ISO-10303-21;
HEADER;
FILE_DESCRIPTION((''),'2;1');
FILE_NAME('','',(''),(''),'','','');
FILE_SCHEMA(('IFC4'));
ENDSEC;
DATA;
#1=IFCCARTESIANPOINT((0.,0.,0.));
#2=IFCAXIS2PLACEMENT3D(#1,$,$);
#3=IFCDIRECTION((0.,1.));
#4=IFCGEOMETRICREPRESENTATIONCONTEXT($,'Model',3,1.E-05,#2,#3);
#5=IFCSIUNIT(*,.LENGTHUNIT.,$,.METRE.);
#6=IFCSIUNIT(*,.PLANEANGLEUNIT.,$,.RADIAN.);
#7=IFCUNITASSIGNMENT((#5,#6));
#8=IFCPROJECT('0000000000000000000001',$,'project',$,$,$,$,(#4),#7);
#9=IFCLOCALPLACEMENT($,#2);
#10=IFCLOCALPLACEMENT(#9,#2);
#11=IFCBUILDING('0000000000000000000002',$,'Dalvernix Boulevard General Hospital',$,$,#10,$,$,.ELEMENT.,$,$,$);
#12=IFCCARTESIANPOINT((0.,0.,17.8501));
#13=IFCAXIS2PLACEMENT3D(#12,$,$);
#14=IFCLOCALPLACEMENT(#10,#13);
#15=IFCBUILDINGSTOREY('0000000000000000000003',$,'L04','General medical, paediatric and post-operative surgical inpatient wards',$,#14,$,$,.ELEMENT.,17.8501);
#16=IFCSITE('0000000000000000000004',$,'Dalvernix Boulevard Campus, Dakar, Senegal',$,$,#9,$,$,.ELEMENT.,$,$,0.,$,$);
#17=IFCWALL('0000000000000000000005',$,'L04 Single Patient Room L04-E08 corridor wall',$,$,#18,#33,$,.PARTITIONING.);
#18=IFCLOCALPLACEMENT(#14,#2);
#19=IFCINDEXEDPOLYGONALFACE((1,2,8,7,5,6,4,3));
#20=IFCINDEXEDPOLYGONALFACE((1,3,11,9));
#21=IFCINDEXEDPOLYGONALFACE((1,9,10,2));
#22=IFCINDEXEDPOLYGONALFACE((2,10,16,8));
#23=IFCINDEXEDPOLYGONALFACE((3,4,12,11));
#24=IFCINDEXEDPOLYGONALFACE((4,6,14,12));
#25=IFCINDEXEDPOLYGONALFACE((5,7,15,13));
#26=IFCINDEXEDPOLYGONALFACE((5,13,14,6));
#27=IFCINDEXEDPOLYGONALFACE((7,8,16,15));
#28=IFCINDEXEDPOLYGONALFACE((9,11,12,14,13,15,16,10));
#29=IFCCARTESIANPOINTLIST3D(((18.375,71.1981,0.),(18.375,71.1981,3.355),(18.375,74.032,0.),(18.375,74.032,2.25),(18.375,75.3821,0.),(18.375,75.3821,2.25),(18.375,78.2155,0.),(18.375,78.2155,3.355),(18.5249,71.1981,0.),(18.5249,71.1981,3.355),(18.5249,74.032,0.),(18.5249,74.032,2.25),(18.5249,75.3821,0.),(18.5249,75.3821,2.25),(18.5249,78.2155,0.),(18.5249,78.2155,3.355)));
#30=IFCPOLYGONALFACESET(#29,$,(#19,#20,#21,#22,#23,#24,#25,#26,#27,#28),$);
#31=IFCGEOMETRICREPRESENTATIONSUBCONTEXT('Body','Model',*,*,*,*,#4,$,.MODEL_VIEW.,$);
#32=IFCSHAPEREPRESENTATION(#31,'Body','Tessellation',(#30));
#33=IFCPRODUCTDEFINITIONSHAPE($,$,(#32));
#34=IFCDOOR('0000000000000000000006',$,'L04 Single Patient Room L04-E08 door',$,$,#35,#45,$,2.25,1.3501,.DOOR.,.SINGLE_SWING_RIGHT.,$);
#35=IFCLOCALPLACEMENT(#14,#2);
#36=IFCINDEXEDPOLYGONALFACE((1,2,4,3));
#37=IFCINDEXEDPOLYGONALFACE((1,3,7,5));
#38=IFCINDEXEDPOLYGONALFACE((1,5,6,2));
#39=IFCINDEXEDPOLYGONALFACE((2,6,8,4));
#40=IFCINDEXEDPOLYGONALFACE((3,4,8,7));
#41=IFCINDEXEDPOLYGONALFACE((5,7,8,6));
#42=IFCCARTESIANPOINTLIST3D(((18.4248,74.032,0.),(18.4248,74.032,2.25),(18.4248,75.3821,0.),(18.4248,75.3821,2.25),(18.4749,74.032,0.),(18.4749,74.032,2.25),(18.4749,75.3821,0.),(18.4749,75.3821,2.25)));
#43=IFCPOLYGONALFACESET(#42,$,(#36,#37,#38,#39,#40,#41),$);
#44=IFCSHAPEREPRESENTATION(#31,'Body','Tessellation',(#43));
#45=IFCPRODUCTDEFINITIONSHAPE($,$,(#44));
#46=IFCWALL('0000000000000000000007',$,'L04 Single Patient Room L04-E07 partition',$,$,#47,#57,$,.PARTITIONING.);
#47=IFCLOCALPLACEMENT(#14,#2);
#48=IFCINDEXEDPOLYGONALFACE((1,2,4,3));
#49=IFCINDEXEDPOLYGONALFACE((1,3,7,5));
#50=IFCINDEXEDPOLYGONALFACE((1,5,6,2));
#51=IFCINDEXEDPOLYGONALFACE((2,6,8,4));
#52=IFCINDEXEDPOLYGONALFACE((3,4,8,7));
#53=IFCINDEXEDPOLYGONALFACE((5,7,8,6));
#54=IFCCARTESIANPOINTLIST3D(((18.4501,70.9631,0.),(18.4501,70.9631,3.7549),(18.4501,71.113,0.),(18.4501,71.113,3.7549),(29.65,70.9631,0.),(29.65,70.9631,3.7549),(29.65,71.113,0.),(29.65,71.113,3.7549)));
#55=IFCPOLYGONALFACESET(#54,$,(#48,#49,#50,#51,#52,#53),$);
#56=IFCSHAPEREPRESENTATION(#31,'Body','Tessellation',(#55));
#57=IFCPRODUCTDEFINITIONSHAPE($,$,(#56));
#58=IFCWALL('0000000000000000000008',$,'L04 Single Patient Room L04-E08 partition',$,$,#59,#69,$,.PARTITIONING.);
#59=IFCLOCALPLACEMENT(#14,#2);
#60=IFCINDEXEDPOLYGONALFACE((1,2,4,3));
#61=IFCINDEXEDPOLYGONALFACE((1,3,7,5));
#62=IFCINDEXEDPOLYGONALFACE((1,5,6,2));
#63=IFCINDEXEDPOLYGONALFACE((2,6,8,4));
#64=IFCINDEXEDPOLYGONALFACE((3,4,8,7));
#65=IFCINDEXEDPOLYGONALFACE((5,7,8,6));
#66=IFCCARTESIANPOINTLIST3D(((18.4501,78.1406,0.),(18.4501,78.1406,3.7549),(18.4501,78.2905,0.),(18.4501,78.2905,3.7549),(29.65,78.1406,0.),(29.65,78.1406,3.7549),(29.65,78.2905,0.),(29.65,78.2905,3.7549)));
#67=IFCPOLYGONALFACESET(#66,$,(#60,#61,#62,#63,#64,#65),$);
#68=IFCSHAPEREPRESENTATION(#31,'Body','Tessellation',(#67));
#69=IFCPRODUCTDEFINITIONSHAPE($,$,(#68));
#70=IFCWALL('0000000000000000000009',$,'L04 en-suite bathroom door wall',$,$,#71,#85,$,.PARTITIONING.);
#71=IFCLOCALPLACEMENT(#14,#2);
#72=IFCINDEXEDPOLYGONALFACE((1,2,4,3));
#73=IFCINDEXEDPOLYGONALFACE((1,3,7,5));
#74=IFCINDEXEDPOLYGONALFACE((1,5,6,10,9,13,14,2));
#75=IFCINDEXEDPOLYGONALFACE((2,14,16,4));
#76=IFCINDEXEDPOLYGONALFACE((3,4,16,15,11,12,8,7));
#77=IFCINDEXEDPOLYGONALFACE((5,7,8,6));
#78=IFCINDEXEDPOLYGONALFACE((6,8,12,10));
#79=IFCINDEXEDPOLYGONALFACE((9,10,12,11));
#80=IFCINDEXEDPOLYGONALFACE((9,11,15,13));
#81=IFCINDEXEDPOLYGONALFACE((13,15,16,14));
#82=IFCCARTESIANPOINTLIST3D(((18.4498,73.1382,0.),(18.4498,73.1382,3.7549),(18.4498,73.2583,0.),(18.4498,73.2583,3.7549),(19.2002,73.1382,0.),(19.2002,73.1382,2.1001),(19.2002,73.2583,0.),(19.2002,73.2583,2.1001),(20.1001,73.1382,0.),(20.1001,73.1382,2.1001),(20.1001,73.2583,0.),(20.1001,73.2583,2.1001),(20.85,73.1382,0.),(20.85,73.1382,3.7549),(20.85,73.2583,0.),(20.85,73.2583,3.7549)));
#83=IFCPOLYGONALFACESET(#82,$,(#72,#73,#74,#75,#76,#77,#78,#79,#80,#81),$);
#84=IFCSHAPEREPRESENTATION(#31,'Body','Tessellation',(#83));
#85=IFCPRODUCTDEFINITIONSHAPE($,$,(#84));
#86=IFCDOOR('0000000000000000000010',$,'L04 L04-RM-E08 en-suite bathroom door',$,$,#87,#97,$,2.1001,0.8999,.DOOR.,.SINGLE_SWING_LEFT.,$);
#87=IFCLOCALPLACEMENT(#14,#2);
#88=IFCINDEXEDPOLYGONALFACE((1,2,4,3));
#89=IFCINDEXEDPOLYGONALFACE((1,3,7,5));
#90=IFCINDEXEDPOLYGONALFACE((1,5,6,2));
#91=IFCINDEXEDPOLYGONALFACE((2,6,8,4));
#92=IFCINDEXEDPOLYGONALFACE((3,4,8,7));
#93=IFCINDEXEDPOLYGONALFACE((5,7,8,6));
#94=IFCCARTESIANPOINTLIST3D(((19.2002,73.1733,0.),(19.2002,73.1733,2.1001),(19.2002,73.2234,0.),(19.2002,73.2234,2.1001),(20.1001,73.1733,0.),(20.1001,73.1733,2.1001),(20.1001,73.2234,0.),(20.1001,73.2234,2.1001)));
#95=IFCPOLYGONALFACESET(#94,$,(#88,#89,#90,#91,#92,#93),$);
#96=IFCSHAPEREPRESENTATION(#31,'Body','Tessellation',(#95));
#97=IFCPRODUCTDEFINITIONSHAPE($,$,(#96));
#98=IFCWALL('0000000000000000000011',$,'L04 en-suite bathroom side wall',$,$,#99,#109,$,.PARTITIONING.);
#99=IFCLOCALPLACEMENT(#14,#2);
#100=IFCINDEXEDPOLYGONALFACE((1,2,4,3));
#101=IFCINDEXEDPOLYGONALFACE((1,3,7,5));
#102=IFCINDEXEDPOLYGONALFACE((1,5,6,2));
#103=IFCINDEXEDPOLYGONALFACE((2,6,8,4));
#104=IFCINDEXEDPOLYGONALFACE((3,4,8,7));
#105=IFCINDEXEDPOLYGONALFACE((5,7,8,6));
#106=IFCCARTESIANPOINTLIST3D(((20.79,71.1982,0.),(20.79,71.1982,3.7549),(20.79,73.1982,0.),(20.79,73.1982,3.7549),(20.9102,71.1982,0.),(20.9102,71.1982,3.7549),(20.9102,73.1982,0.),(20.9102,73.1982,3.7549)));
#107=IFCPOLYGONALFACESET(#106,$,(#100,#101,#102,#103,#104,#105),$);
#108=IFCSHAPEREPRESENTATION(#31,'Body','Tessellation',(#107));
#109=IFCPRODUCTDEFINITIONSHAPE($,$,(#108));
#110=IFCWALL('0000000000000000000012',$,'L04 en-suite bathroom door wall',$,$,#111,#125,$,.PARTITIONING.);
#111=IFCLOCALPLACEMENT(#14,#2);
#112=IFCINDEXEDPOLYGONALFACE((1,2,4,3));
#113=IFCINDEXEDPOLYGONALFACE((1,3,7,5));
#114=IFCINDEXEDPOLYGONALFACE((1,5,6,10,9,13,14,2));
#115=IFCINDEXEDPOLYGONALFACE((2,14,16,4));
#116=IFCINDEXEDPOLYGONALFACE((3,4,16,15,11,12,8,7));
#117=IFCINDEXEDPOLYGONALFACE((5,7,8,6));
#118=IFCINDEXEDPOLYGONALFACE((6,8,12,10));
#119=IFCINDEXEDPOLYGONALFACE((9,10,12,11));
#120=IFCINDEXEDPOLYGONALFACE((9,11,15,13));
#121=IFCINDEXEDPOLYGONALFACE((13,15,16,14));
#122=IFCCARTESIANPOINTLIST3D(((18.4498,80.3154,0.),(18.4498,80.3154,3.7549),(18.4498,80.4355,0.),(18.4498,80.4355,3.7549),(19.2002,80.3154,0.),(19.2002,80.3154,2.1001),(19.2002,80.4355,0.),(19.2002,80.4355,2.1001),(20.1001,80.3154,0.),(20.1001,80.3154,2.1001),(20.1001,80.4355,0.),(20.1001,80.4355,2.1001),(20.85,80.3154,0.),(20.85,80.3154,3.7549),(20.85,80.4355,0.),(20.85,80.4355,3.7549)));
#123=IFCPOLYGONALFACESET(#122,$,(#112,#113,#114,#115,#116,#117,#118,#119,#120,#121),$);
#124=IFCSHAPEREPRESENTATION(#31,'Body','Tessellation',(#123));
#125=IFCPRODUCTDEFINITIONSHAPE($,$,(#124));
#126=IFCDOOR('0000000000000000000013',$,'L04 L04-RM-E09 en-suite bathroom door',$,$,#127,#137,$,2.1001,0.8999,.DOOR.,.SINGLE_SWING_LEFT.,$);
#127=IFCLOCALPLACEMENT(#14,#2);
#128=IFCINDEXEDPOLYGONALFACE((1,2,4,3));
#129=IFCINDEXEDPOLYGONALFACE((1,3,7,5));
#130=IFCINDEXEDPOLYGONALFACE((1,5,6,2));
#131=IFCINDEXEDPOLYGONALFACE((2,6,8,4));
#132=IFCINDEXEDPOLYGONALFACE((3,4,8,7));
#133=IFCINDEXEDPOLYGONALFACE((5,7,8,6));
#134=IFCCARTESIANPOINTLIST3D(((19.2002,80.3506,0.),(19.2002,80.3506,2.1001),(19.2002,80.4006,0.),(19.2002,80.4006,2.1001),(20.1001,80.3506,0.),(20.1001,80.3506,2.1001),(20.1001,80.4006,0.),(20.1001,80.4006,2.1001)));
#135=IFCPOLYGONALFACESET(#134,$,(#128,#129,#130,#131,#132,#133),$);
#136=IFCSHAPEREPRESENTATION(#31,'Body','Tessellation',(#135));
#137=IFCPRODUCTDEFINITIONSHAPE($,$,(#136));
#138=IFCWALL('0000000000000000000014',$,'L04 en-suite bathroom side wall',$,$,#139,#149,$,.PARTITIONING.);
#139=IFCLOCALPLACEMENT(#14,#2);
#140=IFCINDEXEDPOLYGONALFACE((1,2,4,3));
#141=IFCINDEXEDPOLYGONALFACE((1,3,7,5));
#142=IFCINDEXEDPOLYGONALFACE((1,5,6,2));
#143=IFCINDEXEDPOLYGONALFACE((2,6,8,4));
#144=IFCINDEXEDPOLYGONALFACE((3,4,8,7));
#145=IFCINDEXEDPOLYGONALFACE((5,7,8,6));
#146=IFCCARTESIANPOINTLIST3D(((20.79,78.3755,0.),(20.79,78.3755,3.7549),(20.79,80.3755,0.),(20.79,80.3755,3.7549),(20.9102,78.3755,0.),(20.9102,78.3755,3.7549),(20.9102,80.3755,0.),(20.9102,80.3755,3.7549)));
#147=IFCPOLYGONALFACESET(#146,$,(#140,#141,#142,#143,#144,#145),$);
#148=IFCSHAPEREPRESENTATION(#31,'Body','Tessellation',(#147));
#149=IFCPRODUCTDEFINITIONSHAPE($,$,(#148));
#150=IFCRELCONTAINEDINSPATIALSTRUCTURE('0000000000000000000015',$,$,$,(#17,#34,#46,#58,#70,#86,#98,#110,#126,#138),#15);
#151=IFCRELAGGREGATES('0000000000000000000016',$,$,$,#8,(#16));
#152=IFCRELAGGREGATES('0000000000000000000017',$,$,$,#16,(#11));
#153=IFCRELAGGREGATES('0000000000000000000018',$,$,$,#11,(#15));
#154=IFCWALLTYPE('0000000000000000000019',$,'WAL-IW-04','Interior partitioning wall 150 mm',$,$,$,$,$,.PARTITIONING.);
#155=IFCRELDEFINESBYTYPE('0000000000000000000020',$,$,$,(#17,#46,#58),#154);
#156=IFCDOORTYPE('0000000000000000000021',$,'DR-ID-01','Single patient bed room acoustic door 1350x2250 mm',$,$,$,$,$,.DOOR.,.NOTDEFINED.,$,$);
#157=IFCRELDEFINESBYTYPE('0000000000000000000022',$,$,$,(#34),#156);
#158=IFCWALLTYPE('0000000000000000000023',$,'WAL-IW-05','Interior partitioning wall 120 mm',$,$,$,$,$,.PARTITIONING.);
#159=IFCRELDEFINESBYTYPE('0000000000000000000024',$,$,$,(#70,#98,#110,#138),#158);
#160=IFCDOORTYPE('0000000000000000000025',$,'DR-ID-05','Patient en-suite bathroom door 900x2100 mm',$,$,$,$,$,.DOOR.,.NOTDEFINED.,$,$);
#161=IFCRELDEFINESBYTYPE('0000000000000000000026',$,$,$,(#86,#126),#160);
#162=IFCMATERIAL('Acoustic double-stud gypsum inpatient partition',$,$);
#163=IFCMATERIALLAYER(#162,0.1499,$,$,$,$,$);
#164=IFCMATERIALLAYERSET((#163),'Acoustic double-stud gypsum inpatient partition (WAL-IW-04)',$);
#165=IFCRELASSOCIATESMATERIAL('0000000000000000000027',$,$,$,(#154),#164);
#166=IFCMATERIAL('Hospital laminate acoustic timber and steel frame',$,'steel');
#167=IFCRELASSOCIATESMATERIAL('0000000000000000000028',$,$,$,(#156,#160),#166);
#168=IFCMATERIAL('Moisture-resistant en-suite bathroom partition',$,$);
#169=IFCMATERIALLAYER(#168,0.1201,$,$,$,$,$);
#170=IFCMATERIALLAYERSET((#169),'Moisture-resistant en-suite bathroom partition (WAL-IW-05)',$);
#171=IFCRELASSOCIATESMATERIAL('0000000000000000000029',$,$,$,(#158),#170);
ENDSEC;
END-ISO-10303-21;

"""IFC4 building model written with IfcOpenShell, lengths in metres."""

from ifc_helpers import new_model, si_unit, direction, frame, frame_2d, origin, place, context, subcontext, project, spatial, rectangle, extrude, material, layer, layer_set, type_object, element, fill, save


model = new_model("IFC4")

# Units and contexts
model_context = context("Model", 3, precision=1e-05, world=origin(), true_north=direction((0.0, 1.0)))
body_context = subcontext(model_context, "Body", "Model", "MODEL_VIEW")
ifc_project = project(units=[si_unit("LENGTHUNIT", "METRE"), si_unit("PLANEANGLEUNIT", "RADIAN")], contexts=[model_context])

# Site, building, storey
site_placement = place(None, origin())
site = spatial("IfcSite", under=ifc_project, at=site_placement, Name="Dalvernix Boulevard Campus, Dakar, Senegal", CompositionType="ELEMENT", RefElevation=0.0)
building_placement = place(site_placement, origin())
building = spatial("IfcBuilding", under=site, at=building_placement, Name="Dalvernix Boulevard General Hospital", CompositionType="ELEMENT")
storey_placement = place(building_placement, frame((0.0, 0.0, 17.8501)))
storey = spatial("IfcBuildingStorey", under=building, at=storey_placement, Name="L04", Description="General medical, paediatric and post-operative surgical inpatient wards", CompositionType="ELEMENT", Elevation=17.8501)

# Wall, opening, door
ifc_material_1 = material(Name="Acoustic double-stud gypsum inpatient partition")
ifc_layer_1 = layer(ifc_material_1, 0.1499)
ifc_layer_set_1 = layer_set([ifc_layer_1], Name="Acoustic double-stud gypsum inpatient partition (WAL-IW-04)")
wall_type_1 = type_object("IfcWallType", Name="WAL-IW-04", Description="Interior partitioning wall 150 mm", PredefinedType="PARTITIONING", material=ifc_layer_set_1)
ifc_material_2 = material(Name="Hospital laminate acoustic timber and steel frame", Category="steel")
door_type_1 = type_object("IfcDoorType", Name="DR-ID-01", Description="Single patient bed room acoustic door 1350x2250 mm", OperationType="NOTDEFINED", PredefinedType="DOOR", material=ifc_material_2)
wall_1_placement = place(storey_placement, frame((18.45, 78.2156, 0.0), z_axis=(0.0, 0.0, 1.0), x_axis=(0.0, -1.0, 0.0)))
wall_1 = element("IfcWall", 1, at=wall_1_placement, inside=storey, type_object=wall_type_1, Name="L04 Single Patient Room L04-E08 corridor wall", PredefinedType="PARTITIONING", context=body_context, shape_type="SweptSolid", body=[
    extrude(rectangle(XDim=7.0173, YDim=0.1499, at=frame_2d((3.5088, 0.0))), origin(), (0.0, 0.0, 1.0), 3.355),
])
opening_1_placement = place(wall_1_placement, frame((2.8335, 0.0, 0.0)))
opening_1 = element("IfcOpeningElement", 2, at=opening_1_placement, cuts=wall_1, PredefinedType="OPENING", context=body_context, shape_type="SweptSolid", body=[
    extrude(rectangle(XDim=1.3501, YDim=2.25, at=frame_2d((0.675, 1.125))), frame((0.0, 0.085, 0.0), z_axis=(0.0, -1.0, 0.0), x_axis=(1.0, 0.0, 0.0)), (0.0, 0.0, 1.0), 0.1699),
])
door_1_placement = place(opening_1_placement, origin())
door_1 = element("IfcDoor", 3, at=door_1_placement, inside=storey, type_object=door_type_1, Name="L04 Single Patient Room L04-E08 door", OperationType="SINGLE_SWING_RIGHT", OverallHeight=2.25, OverallWidth=1.3501, PredefinedType="DOOR", context=body_context, shape_type="SweptSolid", body=[
    extrude(rectangle(XDim=1.3501, YDim=2.25, at=frame_2d((0.675, 1.125))), frame((0.0, 0.0249, 0.0), z_axis=(0.0, -1.0, 0.0), x_axis=(1.0, 0.0, 0.0)), (0.0, 0.0, 1.0), 0.05),
])
fill(opening_1, door_1)

# Walls
for number, where, z_axis, x_axis, name in (
    (4, (18.45, 71.0381, 0.0), (0.0, 0.0, 1.0), (1.0, 0.0, 0.0), "L04 Single Patient Room L04-E07 partition"),
    (5, (18.45, 78.2156, 0.0), (0.0, 0.0, 1.0), (1.0, 0.0, 0.0), "L04 Single Patient Room L04-E08 partition"),
):
    element("IfcWall", number, at=place(storey_placement, frame(where, z_axis=z_axis, x_axis=x_axis)), inside=storey, type_object=wall_type_1, Name=name, PredefinedType="PARTITIONING", context=body_context, shape_type="SweptSolid", body=[
        extrude(rectangle(XDim=11.2, YDim=0.1499, at=frame_2d((5.6001, 0.0))), origin(), (0.0, 0.0, 1.0), 3.7549),
    ])

# Wall, opening, door
ifc_material_3 = material(Name="Moisture-resistant en-suite bathroom partition")
ifc_layer_2 = layer(ifc_material_3, 0.1201)
ifc_layer_set_2 = layer_set([ifc_layer_2], Name="Moisture-resistant en-suite bathroom partition (WAL-IW-05)")
wall_type_2 = type_object("IfcWallType", Name="WAL-IW-05", Description="Interior partitioning wall 120 mm", PredefinedType="PARTITIONING", material=ifc_layer_set_2)
wall_2_placement = place(storey_placement, frame((20.8501, 73.1982, 0.0), z_axis=(0.0, 0.0, 1.0), x_axis=(-1.0, 0.0, 0.0)))
wall_2 = element("IfcWall", 6, at=wall_2_placement, inside=storey, type_object=wall_type_2, Name="L04 en-suite bathroom door wall", PredefinedType="PARTITIONING", context=body_context, shape_type="SweptSolid", body=[
    extrude(rectangle(XDim=2.4001, YDim=0.1201, at=frame_2d((1.2002, 0.0))), origin(), (0.0, 0.0, 1.0), 3.7549),
])
opening_2_placement = place(wall_2_placement, frame((0.75, 0.0, 0.0)))
opening_2 = element("IfcOpeningElement", 7, at=opening_2_placement, cuts=wall_2, PredefinedType="OPENING", context=body_context, shape_type="SweptSolid", body=[
    extrude(rectangle(XDim=0.8999, YDim=2.1001, at=frame_2d((0.45, 1.05))), frame((0.0, 0.0701, 0.0), z_axis=(0.0, -1.0, 0.0), x_axis=(1.0, 0.0, 0.0)), (0.0, 0.0, 1.0), 0.1401),
])
door_type_2 = type_object("IfcDoorType", Name="DR-ID-05", Description="Patient en-suite bathroom door 900x2100 mm", OperationType="NOTDEFINED", PredefinedType="DOOR", material=ifc_material_2)
door_2_placement = place(opening_2_placement, origin())
door_2 = element("IfcDoor", 8, at=door_2_placement, inside=storey, type_object=door_type_2, Name="L04 L04-RM-E08 en-suite bathroom door", OperationType="SINGLE_SWING_LEFT", OverallHeight=2.1001, OverallWidth=0.8999, PredefinedType="DOOR", context=body_context, shape_type="SweptSolid", body=[
    extrude(rectangle(XDim=0.8999, YDim=2.1001, at=frame_2d((0.45, 1.05))), frame((0.0, 0.0249, 0.0), z_axis=(0.0, -1.0, 0.0), x_axis=(1.0, 0.0, 0.0)), (0.0, 0.0, 1.0), 0.05),
])
fill(opening_2, door_2)

# Wall
wall_3_placement = place(storey_placement, frame((20.8501, 71.1982, 0.0), z_axis=(0.0, 0.0, 1.0), x_axis=(0.0, 1.0, 0.0)))
element("IfcWall", 9, at=wall_3_placement, inside=storey, type_object=wall_type_2, Name="L04 en-suite bathroom side wall", PredefinedType="PARTITIONING", context=body_context, shape_type="SweptSolid", body=[
    extrude(rectangle(XDim=2.0, YDim=0.1201, at=frame_2d((1.0, 0.0))), origin(), (0.0, 0.0, 1.0), 3.7549),
])

# Wall, opening, door
wall_4_placement = place(storey_placement, frame((20.8501, 80.3755, 0.0), z_axis=(0.0, 0.0, 1.0), x_axis=(-1.0, 0.0, 0.0)))
wall_4 = element("IfcWall", 10, at=wall_4_placement, inside=storey, type_object=wall_type_2, Name="L04 en-suite bathroom door wall", PredefinedType="PARTITIONING", context=body_context, shape_type="SweptSolid", body=[
    extrude(rectangle(XDim=2.4001, YDim=0.1201, at=frame_2d((1.2002, 0.0))), origin(), (0.0, 0.0, 1.0), 3.7549),
])
opening_3_placement = place(wall_4_placement, frame((0.75, 0.0, 0.0)))
opening_3 = element("IfcOpeningElement", 11, at=opening_3_placement, cuts=wall_4, PredefinedType="OPENING", context=body_context, shape_type="SweptSolid", body=[
    extrude(rectangle(XDim=0.8999, YDim=2.1001, at=frame_2d((0.45, 1.05))), frame((0.0, 0.0701, 0.0), z_axis=(0.0, -1.0, 0.0), x_axis=(1.0, 0.0, 0.0)), (0.0, 0.0, 1.0), 0.1401),
])
door_3_placement = place(opening_3_placement, origin())
door_3 = element("IfcDoor", 12, at=door_3_placement, inside=storey, type_object=door_type_2, Name="L04 L04-RM-E09 en-suite bathroom door", OperationType="SINGLE_SWING_LEFT", OverallHeight=2.1001, OverallWidth=0.8999, PredefinedType="DOOR", context=body_context, shape_type="SweptSolid", body=[
    extrude(rectangle(XDim=0.8999, YDim=2.1001, at=frame_2d((0.45, 1.05))), frame((0.0, 0.0249, 0.0), z_axis=(0.0, -1.0, 0.0), x_axis=(1.0, 0.0, 0.0)), (0.0, 0.0, 1.0), 0.05),
])
fill(opening_3, door_3)

# Wall
wall_5_placement = place(storey_placement, frame((20.8501, 78.3755, 0.0), z_axis=(0.0, 0.0, 1.0), x_axis=(0.0, 1.0, 0.0)))
element("IfcWall", 13, at=wall_5_placement, inside=storey, type_object=wall_type_2, Name="L04 en-suite bathroom side wall", PredefinedType="PARTITIONING", context=body_context, shape_type="SweptSolid", body=[
    extrude(rectangle(XDim=2.0, YDim=0.1201, at=frame_2d((1.0, 0.0))), origin(), (0.0, 0.0, 1.0), 3.7549),
])

save(model, "model.ifc")
